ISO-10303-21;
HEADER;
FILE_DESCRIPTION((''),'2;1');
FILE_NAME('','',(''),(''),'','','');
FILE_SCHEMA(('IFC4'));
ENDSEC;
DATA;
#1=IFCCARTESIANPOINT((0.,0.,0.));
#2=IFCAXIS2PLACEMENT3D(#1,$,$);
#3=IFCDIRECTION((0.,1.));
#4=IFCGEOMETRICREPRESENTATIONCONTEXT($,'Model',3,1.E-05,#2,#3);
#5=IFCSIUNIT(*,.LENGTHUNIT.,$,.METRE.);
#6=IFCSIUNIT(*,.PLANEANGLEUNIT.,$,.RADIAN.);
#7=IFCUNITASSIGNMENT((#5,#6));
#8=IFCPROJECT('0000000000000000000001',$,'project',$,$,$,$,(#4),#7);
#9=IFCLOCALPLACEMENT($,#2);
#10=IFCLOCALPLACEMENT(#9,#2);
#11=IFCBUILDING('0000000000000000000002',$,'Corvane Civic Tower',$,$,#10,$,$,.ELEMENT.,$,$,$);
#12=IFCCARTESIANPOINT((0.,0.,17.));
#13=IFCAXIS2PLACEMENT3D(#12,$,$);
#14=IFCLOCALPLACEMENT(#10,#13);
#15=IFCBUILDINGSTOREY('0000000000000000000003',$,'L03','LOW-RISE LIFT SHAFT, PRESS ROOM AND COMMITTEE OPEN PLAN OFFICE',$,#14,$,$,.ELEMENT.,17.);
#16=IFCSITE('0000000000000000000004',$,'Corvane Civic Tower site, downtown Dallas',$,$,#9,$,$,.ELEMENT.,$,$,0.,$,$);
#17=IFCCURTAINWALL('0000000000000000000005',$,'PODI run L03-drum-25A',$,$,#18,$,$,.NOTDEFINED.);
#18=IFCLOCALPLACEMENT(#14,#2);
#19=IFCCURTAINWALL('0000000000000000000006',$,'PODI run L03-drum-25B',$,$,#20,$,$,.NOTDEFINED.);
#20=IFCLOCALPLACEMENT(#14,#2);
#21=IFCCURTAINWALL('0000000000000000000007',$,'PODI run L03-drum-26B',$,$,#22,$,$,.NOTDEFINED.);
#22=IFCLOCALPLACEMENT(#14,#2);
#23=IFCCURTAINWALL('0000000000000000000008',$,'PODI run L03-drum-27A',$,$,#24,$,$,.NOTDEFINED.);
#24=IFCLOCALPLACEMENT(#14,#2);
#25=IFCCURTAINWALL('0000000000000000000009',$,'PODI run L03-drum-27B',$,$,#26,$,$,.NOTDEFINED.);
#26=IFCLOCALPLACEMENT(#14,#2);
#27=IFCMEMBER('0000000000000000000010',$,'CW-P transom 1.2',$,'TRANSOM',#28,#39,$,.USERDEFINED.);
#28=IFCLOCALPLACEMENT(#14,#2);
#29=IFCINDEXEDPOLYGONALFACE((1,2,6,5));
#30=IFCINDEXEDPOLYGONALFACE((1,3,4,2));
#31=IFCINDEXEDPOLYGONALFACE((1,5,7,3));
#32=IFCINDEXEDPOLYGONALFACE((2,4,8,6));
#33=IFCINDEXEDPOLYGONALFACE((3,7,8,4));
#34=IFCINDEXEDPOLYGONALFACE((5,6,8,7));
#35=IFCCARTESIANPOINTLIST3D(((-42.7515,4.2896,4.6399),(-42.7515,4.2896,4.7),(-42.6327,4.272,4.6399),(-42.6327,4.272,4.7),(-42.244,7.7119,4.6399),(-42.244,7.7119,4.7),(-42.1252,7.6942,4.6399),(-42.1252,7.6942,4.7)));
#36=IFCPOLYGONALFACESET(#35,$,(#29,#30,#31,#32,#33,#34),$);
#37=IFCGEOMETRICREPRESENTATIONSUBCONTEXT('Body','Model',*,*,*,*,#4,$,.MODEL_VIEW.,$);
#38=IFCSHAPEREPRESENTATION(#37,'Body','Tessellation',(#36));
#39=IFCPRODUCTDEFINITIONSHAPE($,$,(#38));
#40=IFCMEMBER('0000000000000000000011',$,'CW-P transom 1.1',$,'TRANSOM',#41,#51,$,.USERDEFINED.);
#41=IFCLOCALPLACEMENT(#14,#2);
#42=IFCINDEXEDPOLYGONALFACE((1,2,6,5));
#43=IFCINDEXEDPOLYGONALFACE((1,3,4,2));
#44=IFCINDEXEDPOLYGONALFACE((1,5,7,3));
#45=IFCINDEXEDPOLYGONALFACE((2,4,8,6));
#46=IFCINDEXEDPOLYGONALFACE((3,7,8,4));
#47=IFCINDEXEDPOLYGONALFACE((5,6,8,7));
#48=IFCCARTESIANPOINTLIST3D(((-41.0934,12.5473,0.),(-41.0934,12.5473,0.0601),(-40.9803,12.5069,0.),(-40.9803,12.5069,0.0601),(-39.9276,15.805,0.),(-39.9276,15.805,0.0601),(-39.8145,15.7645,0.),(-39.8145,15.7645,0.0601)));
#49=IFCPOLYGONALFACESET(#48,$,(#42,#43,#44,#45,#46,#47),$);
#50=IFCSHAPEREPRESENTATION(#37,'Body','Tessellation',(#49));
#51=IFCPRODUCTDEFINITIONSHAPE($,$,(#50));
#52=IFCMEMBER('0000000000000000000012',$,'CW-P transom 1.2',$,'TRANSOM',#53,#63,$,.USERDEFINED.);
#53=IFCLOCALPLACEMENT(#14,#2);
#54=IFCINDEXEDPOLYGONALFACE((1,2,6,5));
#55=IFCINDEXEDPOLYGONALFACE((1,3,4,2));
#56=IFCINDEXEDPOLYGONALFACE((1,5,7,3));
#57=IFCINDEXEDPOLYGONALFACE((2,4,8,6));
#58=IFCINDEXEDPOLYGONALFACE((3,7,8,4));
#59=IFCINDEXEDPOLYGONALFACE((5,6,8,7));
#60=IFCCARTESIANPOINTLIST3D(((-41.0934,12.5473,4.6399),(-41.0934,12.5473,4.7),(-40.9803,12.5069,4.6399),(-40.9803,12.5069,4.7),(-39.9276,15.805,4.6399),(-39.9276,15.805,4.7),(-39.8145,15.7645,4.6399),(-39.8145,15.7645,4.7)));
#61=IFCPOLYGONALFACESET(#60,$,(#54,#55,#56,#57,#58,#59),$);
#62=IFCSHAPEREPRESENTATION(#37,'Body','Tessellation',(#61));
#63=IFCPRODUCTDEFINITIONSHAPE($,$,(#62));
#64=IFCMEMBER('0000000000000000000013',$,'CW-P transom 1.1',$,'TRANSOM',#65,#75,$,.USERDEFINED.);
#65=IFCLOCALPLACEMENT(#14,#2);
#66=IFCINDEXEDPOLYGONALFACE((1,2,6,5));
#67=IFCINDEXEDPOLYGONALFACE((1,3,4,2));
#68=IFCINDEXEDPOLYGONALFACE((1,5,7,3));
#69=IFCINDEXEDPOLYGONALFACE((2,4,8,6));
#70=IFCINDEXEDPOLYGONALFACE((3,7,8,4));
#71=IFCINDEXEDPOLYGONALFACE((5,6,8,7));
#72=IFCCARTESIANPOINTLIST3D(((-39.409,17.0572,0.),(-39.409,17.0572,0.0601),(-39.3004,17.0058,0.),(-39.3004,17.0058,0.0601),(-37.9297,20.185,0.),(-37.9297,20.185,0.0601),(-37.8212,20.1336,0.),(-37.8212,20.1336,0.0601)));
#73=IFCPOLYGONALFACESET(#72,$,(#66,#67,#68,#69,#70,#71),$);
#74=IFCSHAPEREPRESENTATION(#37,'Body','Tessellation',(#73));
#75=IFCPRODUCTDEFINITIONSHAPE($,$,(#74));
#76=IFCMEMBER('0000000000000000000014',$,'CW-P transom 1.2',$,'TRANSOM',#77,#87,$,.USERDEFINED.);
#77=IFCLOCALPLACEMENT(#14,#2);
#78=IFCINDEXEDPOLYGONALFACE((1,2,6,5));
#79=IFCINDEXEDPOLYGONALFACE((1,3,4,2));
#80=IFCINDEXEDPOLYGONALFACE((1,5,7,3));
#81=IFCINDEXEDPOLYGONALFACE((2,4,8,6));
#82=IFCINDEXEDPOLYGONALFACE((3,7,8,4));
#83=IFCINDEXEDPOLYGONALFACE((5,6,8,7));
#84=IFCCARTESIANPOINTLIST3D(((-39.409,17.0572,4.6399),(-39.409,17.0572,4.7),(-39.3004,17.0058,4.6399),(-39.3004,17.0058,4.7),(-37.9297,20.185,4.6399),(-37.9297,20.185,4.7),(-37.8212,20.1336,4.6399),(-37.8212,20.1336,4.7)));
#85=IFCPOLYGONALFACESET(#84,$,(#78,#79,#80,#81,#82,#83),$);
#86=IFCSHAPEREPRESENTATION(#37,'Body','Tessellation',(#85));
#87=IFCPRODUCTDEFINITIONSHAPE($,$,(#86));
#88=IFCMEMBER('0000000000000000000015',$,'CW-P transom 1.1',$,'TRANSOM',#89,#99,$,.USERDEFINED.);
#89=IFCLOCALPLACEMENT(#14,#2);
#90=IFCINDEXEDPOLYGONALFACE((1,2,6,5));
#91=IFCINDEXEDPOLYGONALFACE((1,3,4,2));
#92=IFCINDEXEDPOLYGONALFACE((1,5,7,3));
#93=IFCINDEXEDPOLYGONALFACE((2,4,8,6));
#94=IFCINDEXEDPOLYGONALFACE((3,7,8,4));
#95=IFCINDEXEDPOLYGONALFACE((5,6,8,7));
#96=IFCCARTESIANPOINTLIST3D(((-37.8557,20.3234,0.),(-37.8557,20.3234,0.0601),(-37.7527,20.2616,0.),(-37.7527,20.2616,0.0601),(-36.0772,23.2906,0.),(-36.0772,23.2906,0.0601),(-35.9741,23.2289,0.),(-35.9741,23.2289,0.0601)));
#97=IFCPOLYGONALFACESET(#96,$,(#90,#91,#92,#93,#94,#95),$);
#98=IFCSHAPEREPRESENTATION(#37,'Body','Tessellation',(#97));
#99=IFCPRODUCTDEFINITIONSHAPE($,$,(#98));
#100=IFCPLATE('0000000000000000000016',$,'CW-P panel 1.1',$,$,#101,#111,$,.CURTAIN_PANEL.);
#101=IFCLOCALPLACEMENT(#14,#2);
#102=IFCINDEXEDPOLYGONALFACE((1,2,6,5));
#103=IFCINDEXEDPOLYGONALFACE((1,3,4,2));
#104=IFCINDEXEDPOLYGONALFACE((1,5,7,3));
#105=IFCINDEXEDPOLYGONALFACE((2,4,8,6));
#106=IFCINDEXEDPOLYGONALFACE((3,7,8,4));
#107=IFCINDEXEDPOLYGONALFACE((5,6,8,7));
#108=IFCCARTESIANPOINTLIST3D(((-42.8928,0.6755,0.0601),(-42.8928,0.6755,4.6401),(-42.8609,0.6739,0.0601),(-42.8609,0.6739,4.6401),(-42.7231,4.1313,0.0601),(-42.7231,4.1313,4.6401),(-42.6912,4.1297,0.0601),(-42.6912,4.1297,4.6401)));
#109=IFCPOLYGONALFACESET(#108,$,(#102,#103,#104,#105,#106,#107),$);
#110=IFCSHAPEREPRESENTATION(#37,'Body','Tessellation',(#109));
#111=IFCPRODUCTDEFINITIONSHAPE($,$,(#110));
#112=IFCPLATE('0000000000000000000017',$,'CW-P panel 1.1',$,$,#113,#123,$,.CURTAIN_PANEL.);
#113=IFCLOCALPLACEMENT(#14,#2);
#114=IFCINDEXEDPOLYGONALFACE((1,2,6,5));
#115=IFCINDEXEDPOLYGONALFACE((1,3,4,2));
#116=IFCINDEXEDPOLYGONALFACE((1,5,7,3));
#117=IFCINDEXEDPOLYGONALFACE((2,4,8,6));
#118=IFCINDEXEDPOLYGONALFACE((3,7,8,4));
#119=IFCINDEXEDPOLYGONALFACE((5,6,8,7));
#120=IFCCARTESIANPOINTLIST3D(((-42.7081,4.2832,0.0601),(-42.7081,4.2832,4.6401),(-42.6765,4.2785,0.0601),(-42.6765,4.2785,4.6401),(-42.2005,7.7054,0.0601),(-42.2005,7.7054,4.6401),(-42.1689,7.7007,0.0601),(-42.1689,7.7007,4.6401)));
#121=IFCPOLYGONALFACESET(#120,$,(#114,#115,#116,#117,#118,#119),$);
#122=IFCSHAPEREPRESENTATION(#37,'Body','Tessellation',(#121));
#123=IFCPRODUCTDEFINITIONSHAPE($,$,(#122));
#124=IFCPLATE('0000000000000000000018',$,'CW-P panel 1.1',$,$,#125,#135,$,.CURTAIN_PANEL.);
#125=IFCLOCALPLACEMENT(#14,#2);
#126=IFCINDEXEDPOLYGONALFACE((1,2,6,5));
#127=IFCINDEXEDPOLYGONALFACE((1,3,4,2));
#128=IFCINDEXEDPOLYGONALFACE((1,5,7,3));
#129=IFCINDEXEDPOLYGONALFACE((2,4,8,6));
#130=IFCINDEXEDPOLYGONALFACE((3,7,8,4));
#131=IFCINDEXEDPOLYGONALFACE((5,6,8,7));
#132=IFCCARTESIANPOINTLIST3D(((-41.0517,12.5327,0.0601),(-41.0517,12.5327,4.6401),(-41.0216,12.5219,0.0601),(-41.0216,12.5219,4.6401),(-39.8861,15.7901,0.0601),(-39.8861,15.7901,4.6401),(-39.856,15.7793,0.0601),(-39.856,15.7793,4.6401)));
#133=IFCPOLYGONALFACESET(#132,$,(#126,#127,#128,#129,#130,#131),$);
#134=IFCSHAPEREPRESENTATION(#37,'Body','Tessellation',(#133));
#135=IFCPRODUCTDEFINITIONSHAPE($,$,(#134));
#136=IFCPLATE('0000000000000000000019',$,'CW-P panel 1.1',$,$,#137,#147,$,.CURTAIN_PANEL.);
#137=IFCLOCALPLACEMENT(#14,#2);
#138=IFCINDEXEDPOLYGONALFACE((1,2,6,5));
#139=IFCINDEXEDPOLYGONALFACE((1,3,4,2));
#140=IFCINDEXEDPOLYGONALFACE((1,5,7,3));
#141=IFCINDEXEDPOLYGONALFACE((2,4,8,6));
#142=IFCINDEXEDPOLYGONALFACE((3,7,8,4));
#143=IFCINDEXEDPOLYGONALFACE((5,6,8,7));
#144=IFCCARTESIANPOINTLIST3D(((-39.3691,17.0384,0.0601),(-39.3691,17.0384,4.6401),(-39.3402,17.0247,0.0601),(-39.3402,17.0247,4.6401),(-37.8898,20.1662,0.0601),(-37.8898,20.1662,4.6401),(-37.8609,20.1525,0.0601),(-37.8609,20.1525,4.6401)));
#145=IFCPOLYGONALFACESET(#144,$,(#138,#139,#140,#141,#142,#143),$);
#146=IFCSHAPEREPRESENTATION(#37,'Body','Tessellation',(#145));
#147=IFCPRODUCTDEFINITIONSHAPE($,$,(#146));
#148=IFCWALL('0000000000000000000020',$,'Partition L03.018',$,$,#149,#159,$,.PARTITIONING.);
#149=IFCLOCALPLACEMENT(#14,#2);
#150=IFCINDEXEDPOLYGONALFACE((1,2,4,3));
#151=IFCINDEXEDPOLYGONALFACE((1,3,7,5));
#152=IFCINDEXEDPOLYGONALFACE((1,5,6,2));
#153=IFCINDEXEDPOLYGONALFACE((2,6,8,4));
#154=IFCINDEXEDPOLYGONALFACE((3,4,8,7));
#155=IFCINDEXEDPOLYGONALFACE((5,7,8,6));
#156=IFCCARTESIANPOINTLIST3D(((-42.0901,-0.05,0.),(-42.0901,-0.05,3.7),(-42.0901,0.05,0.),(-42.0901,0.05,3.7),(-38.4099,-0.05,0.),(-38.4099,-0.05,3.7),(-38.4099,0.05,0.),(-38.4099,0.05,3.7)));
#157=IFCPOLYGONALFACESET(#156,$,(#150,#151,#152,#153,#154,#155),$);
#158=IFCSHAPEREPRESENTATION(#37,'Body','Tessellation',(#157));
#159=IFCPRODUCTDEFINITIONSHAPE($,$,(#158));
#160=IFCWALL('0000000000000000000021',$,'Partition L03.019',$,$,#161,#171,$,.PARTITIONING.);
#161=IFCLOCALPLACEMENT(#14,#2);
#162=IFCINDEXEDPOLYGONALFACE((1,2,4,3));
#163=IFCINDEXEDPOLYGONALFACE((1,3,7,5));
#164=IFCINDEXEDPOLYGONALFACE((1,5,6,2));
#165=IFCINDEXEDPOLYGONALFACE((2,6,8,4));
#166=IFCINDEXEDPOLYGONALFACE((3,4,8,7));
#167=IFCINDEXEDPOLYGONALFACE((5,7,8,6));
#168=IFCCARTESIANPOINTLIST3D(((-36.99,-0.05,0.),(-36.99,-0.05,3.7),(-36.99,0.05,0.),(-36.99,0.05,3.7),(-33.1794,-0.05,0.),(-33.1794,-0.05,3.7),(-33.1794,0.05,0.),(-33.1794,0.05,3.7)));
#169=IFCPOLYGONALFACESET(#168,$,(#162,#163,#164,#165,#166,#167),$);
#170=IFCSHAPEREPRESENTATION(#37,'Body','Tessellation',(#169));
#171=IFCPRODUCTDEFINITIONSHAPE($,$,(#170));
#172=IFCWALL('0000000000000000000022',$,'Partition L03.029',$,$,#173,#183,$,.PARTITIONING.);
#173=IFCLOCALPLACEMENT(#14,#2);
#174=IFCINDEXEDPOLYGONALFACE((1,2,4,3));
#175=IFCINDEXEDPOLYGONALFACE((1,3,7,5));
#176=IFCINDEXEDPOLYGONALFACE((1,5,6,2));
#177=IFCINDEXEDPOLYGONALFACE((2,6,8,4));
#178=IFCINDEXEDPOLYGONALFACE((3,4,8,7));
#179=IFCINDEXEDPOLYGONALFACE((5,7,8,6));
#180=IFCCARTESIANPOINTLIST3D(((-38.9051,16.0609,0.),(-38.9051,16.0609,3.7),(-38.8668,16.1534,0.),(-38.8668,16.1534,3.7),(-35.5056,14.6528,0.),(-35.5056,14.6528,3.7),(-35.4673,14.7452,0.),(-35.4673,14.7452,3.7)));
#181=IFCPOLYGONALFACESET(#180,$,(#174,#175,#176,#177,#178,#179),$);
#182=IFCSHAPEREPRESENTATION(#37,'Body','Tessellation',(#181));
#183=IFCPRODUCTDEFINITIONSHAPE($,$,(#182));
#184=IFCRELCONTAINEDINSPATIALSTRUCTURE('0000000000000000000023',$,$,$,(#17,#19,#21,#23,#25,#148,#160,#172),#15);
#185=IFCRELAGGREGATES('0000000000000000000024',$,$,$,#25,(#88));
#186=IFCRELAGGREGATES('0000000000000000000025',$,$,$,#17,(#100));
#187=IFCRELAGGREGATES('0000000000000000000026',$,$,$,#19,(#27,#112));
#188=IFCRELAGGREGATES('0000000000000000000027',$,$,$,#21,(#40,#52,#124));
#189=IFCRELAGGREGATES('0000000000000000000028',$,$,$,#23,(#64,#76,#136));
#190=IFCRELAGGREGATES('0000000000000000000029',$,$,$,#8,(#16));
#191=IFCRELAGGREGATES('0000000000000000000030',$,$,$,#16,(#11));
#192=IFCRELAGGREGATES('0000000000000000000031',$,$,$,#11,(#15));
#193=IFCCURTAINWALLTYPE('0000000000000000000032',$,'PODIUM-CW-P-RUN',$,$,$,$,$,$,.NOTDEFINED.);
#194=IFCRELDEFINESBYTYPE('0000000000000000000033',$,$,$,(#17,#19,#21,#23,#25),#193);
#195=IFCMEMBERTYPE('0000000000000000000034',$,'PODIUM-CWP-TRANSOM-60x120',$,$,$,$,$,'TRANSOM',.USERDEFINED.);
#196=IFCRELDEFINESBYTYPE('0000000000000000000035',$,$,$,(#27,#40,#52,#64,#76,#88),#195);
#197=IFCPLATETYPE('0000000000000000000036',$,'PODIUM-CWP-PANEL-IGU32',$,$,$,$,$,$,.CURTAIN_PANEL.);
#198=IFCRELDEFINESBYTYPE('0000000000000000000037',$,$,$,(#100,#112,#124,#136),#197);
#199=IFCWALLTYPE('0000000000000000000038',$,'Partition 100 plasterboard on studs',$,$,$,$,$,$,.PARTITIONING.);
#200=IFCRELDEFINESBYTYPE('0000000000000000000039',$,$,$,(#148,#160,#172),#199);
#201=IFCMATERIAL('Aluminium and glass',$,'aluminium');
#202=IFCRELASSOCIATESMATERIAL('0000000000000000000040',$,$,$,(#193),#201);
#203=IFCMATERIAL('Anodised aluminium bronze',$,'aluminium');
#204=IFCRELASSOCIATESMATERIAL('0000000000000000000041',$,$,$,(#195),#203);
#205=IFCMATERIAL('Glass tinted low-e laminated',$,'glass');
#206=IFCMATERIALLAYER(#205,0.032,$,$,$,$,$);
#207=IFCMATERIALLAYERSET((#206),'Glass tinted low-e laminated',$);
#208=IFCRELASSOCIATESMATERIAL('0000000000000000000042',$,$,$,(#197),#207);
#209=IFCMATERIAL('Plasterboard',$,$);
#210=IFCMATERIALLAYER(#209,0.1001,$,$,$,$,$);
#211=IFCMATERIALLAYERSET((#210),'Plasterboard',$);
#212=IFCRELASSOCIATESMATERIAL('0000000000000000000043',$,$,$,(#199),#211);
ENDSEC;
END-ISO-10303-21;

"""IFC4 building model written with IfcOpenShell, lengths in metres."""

from ifc_helpers import new_model, si_unit, direction, frame, frame_2d, origin, origin_2d, place, context, subcontext, project, spatial, rectangle, extrude, material, layer, layer_set, material_profile, profile_set, type_object, element, aggregate, save


model = new_model("IFC4")

# Units and contexts
model_context = context("Model", 3, precision=1e-05, world=origin(), true_north=direction((0.0, 1.0)))
body_context = subcontext(model_context, "Body", "Model", "MODEL_VIEW")
ifc_project = project(units=[si_unit("LENGTHUNIT", "METRE"), si_unit("PLANEANGLEUNIT", "RADIAN")], contexts=[model_context])

# Site, building, storey
site_placement = place(None, origin())
site = spatial("IfcSite", under=ifc_project, at=site_placement, Name="Corvane Civic Tower site, downtown Dallas", CompositionType="ELEMENT", RefElevation=0.0)
building_placement = place(site_placement, origin())
building = spatial("IfcBuilding", under=site, at=building_placement, Name="Corvane Civic Tower", CompositionType="ELEMENT")
storey_placement = place(building_placement, frame((0.0, 0.0, 17.0)))
storey = spatial("IfcBuildingStorey", under=building, at=storey_placement, Name="L03", Description="LOW-RISE LIFT SHAFT, PRESS ROOM AND COMMITTEE OPEN PLAN OFFICE", CompositionType="ELEMENT", Elevation=17.0)

# Curtain walls
ifc_material_1 = material(Name="Aluminium and glass", Category="aluminium")
curtain_wall_type = type_object("IfcCurtainWallType", Name="PODIUM-CW-P-RUN", PredefinedType="NOTDEFINED", material=ifc_material_1)
curtain_wall_1_placement = place(storey_placement, origin())
curtain_wall_1 = element("IfcCurtainWall", 1, at=curtain_wall_1_placement, inside=storey, type_object=curtain_wall_type, Name="PODI run L03-drum-25A", PredefinedType="NOTDEFINED")
curtain_wall_2_placement = place(storey_placement, origin())
curtain_wall_2 = element("IfcCurtainWall", 2, at=curtain_wall_2_placement, inside=storey, type_object=curtain_wall_type, Name="PODI run L03-drum-25B", PredefinedType="NOTDEFINED")
curtain_wall_3_placement = place(storey_placement, origin())
curtain_wall_3 = element("IfcCurtainWall", 3, at=curtain_wall_3_placement, inside=storey, type_object=curtain_wall_type, Name="PODI run L03-drum-26B", PredefinedType="NOTDEFINED")
curtain_wall_4_placement = place(storey_placement, origin())
curtain_wall_4 = element("IfcCurtainWall", 4, at=curtain_wall_4_placement, inside=storey, type_object=curtain_wall_type, Name="PODI run L03-drum-27A", PredefinedType="NOTDEFINED")

# Curtain wall
curtain_wall_5_placement = place(storey_placement, origin())
curtain_wall_5 = element("IfcCurtainWall", 5, at=curtain_wall_5_placement, inside=storey, type_object=curtain_wall_type, Name="PODI run L03-drum-27B", PredefinedType="NOTDEFINED")

# Members
ifc_material_2 = material(Name="Anodised aluminium bronze", Category="aluminium")
ifc_material_profile_1 = material_profile(ifc_material_2, rectangle(XDim=0.1201, YDim=0.0601, at=origin_2d()), Name="AL 120x60")
ifc_profile_set_1 = profile_set([ifc_material_profile_1], Name="Anodised aluminium bronze")
member_type_1 = type_object("IfcMemberType", Name="PODIUM-CWP-TRANSOM-60x120", ElementType="TRANSOM", PredefinedType="USERDEFINED", material=ifc_profile_set_1)
member_1_placement = place(storey_placement, frame((-42.6921, 4.2808, 4.6699), z_axis=(0.146705, 0.98918, 0.0), x_axis=(-0.98918, 0.146705, 0.0)))
member_1 = element("IfcMember", 6, at=member_1_placement, type_object=member_type_1, Name="CW-P transom 1.2", ObjectType="TRANSOM", PredefinedType="USERDEFINED", context=body_context, shape_type="SweptSolid", body=[
    extrude(rectangle(XDim=0.1201, YDim=0.0601, at=origin_2d()), origin(), (0.0, 0.0, 1.0), 3.4597),
])
member_2_placement = place(storey_placement, frame((-41.0369, 12.5271, 0.03), z_axis=(0.33694, 0.941526, 0.0), x_axis=(-0.941526, 0.33694, 0.0)))
member_2 = element("IfcMember", 7, at=member_2_placement, type_object=member_type_1, Name="CW-P transom 1.1", ObjectType="TRANSOM", PredefinedType="USERDEFINED", context=body_context, shape_type="SweptSolid", body=[
    extrude(rectangle(XDim=0.1201, YDim=0.0601, at=origin_2d()), origin(), (0.0, 0.0, 1.0), 3.46),
])
member_3_placement = place(storey_placement, frame((-41.0369, 12.5271, 4.6699), z_axis=(0.33694, 0.941526, 0.0), x_axis=(-0.941526, 0.33694, 0.0)))
member_3 = element("IfcMember", 8, at=member_3_placement, type_object=member_type_1, Name="CW-P transom 1.2", ObjectType="TRANSOM", PredefinedType="USERDEFINED", context=body_context, shape_type="SweptSolid", body=[
    extrude(rectangle(XDim=0.1201, YDim=0.0601, at=origin_2d()), origin(), (0.0, 0.0, 1.0), 3.46),
])
member_4_placement = place(storey_placement, frame((-39.3547, 17.0315, 0.03), z_axis=(0.427546, 0.903993, 0.0), x_axis=(-0.903993, 0.427546, 0.0)))
member_4 = element("IfcMember", 9, at=member_4_placement, type_object=member_type_1, Name="CW-P transom 1.1", ObjectType="TRANSOM", PredefinedType="USERDEFINED", context=body_context, shape_type="SweptSolid", body=[
    extrude(rectangle(XDim=0.1201, YDim=0.0601, at=origin_2d()), origin(), (0.0, 0.0, 1.0), 3.46),
])
member_5_placement = place(storey_placement, frame((-39.3547, 17.0315, 4.6699), z_axis=(0.427546, 0.903993, 0.0), x_axis=(-0.903993, 0.427546, 0.0)))
member_5 = element("IfcMember", 10, at=member_5_placement, type_object=member_type_1, Name="CW-P transom 1.2", ObjectType="TRANSOM", PredefinedType="USERDEFINED", context=body_context, shape_type="SweptSolid", body=[
    extrude(rectangle(XDim=0.1201, YDim=0.0601, at=origin_2d()), origin(), (0.0, 0.0, 1.0), 3.46),
])
member_6_placement = place(storey_placement, frame((-37.8042, 20.2925, 0.03), z_axis=(0.514112, 0.857723, 0.0), x_axis=(-0.857723, 0.514112, 0.0)))
member_6 = element("IfcMember", 11, at=member_6_placement, type_object=member_type_1, Name="CW-P transom 1.1", ObjectType="TRANSOM", PredefinedType="USERDEFINED", context=body_context, shape_type="SweptSolid", body=[
    extrude(rectangle(XDim=0.1201, YDim=0.0601, at=origin_2d()), origin(), (0.0, 0.0, 1.0), 3.4595),
])
aggregate(curtain_wall_5, [member_6])

# Plates
ifc_material_3 = material(Name="Glass tinted low-e laminated", Category="glass")
ifc_layer_1 = layer(ifc_material_3, 0.032)
ifc_layer_set_1 = layer_set([ifc_layer_1], Name="Glass tinted low-e laminated")
plate_type = type_object("IfcPlateType", Name="PODIUM-CWP-PANEL-IGU32", PredefinedType="CURTAIN_PANEL", material=ifc_layer_set_1)
plate_1_placement = place(storey_placement, frame((-42.792, 2.4026, 0.0601), z_axis=(0.0, 0.0, 1.0), x_axis=(0.04905, 0.998796, 0.0)))
plate_1 = element("IfcPlate", 12, at=plate_1_placement, type_object=plate_type, Name="CW-P panel 1.1", PredefinedType="CURTAIN_PANEL", context=body_context, shape_type="SweptSolid", body=[
    extrude(rectangle(XDim=3.46, YDim=0.032, at=origin_2d()), origin(), (0.0, 0.0, 1.0), 4.5801),
])
aggregate(curtain_wall_1, [plate_1])
plate_2_placement = place(storey_placement, frame((-42.4385, 5.9919, 0.0601), z_axis=(0.0, 0.0, 1.0), x_axis=(0.146715, 0.989179, 0.0)))
plate_2 = element("IfcPlate", 13, at=plate_2_placement, type_object=plate_type, Name="CW-P panel 1.1", PredefinedType="CURTAIN_PANEL", context=body_context, shape_type="SweptSolid", body=[
    extrude(rectangle(XDim=3.4597, YDim=0.032, at=origin_2d()), origin(), (0.0, 0.0, 1.0), 4.5801),
])
aggregate(curtain_wall_2, [member_1, plate_2])
plate_3_placement = place(storey_placement, frame((-40.4539, 14.156, 0.0601), z_axis=(0.0, 0.0, 1.0), x_axis=(0.336919, 0.941534, 0.0)))
plate_3 = element("IfcPlate", 14, at=plate_3_placement, type_object=plate_type, Name="CW-P panel 1.1", PredefinedType="CURTAIN_PANEL", context=body_context, shape_type="SweptSolid", body=[
    extrude(rectangle(XDim=3.4597, YDim=0.032, at=origin_2d()), origin(), (0.0, 0.0, 1.0), 4.5801),
])
aggregate(curtain_wall_3, [member_2, member_3, plate_3])
plate_4_placement = place(storey_placement, frame((-38.615, 18.5955, 0.0601), z_axis=(0.0, 0.0, 1.0), x_axis=(0.427553, 0.90399, 0.0)))
plate_4 = element("IfcPlate", 15, at=plate_4_placement, type_object=plate_type, Name="CW-P panel 1.1", PredefinedType="CURTAIN_PANEL", context=body_context, shape_type="SweptSolid", body=[
    extrude(rectangle(XDim=3.46, YDim=0.032, at=origin_2d()), origin(), (0.0, 0.0, 1.0), 4.5801),
])
aggregate(curtain_wall_4, [member_4, member_5, plate_4])

# Walls
ifc_material_4 = material(Name="Plasterboard")
ifc_layer_2 = layer(ifc_material_4, 0.1001)
ifc_layer_set_2 = layer_set([ifc_layer_2], Name="Plasterboard")
wall_type_1 = type_object("IfcWallType", Name="Partition 100 plasterboard on studs", PredefinedType="PARTITIONING", material=ifc_layer_set_2)
wall_1_placement = place(storey_placement, frame((-42.0901, 0.0, 0.0), z_axis=(0.0, 0.0, 1.0), x_axis=(1.0, 0.0, 0.0)))
element("IfcWall", 16, at=wall_1_placement, inside=storey, type_object=wall_type_1, Name="Partition L03.018", PredefinedType="PARTITIONING", context=body_context, shape_type="SweptSolid", body=[
    extrude(rectangle(XDim=3.6802, YDim=0.1001, at=frame_2d((1.8401, 0.0))), origin(), (0.0, 0.0, 1.0), 3.7),
])
wall_2_placement = place(storey_placement, frame((-36.99, 0.0, 0.0), z_axis=(0.0, 0.0, 1.0), x_axis=(1.0, 0.0, 0.0)))
element("IfcWall", 17, at=wall_2_placement, inside=storey, type_object=wall_type_1, Name="Partition L03.019", PredefinedType="PARTITIONING", context=body_context, shape_type="SweptSolid", body=[
    extrude(rectangle(XDim=3.8105, YDim=0.1001, at=frame_2d((1.9053, 0.0))), origin(), (0.0, 0.0, 1.0), 3.7),
])
wall_3_placement = place(storey_placement, frame((-38.886, 16.1072, 0.0), z_axis=(0.0, 0.0, 1.0), x_axis=(0.923878, -0.382688, 0.0)))
element("IfcWall", 18, at=wall_3_placement, inside=storey, type_object=wall_type_1, Name="Partition L03.029", PredefinedType="PARTITIONING", context=body_context, shape_type="SweptSolid", body=[
    extrude(rectangle(XDim=3.6797, YDim=0.1001, at=frame_2d((1.8398, 0.0))), origin(), (0.0, 0.0, 1.0), 3.7),
])

save(model, "model.ifc")
